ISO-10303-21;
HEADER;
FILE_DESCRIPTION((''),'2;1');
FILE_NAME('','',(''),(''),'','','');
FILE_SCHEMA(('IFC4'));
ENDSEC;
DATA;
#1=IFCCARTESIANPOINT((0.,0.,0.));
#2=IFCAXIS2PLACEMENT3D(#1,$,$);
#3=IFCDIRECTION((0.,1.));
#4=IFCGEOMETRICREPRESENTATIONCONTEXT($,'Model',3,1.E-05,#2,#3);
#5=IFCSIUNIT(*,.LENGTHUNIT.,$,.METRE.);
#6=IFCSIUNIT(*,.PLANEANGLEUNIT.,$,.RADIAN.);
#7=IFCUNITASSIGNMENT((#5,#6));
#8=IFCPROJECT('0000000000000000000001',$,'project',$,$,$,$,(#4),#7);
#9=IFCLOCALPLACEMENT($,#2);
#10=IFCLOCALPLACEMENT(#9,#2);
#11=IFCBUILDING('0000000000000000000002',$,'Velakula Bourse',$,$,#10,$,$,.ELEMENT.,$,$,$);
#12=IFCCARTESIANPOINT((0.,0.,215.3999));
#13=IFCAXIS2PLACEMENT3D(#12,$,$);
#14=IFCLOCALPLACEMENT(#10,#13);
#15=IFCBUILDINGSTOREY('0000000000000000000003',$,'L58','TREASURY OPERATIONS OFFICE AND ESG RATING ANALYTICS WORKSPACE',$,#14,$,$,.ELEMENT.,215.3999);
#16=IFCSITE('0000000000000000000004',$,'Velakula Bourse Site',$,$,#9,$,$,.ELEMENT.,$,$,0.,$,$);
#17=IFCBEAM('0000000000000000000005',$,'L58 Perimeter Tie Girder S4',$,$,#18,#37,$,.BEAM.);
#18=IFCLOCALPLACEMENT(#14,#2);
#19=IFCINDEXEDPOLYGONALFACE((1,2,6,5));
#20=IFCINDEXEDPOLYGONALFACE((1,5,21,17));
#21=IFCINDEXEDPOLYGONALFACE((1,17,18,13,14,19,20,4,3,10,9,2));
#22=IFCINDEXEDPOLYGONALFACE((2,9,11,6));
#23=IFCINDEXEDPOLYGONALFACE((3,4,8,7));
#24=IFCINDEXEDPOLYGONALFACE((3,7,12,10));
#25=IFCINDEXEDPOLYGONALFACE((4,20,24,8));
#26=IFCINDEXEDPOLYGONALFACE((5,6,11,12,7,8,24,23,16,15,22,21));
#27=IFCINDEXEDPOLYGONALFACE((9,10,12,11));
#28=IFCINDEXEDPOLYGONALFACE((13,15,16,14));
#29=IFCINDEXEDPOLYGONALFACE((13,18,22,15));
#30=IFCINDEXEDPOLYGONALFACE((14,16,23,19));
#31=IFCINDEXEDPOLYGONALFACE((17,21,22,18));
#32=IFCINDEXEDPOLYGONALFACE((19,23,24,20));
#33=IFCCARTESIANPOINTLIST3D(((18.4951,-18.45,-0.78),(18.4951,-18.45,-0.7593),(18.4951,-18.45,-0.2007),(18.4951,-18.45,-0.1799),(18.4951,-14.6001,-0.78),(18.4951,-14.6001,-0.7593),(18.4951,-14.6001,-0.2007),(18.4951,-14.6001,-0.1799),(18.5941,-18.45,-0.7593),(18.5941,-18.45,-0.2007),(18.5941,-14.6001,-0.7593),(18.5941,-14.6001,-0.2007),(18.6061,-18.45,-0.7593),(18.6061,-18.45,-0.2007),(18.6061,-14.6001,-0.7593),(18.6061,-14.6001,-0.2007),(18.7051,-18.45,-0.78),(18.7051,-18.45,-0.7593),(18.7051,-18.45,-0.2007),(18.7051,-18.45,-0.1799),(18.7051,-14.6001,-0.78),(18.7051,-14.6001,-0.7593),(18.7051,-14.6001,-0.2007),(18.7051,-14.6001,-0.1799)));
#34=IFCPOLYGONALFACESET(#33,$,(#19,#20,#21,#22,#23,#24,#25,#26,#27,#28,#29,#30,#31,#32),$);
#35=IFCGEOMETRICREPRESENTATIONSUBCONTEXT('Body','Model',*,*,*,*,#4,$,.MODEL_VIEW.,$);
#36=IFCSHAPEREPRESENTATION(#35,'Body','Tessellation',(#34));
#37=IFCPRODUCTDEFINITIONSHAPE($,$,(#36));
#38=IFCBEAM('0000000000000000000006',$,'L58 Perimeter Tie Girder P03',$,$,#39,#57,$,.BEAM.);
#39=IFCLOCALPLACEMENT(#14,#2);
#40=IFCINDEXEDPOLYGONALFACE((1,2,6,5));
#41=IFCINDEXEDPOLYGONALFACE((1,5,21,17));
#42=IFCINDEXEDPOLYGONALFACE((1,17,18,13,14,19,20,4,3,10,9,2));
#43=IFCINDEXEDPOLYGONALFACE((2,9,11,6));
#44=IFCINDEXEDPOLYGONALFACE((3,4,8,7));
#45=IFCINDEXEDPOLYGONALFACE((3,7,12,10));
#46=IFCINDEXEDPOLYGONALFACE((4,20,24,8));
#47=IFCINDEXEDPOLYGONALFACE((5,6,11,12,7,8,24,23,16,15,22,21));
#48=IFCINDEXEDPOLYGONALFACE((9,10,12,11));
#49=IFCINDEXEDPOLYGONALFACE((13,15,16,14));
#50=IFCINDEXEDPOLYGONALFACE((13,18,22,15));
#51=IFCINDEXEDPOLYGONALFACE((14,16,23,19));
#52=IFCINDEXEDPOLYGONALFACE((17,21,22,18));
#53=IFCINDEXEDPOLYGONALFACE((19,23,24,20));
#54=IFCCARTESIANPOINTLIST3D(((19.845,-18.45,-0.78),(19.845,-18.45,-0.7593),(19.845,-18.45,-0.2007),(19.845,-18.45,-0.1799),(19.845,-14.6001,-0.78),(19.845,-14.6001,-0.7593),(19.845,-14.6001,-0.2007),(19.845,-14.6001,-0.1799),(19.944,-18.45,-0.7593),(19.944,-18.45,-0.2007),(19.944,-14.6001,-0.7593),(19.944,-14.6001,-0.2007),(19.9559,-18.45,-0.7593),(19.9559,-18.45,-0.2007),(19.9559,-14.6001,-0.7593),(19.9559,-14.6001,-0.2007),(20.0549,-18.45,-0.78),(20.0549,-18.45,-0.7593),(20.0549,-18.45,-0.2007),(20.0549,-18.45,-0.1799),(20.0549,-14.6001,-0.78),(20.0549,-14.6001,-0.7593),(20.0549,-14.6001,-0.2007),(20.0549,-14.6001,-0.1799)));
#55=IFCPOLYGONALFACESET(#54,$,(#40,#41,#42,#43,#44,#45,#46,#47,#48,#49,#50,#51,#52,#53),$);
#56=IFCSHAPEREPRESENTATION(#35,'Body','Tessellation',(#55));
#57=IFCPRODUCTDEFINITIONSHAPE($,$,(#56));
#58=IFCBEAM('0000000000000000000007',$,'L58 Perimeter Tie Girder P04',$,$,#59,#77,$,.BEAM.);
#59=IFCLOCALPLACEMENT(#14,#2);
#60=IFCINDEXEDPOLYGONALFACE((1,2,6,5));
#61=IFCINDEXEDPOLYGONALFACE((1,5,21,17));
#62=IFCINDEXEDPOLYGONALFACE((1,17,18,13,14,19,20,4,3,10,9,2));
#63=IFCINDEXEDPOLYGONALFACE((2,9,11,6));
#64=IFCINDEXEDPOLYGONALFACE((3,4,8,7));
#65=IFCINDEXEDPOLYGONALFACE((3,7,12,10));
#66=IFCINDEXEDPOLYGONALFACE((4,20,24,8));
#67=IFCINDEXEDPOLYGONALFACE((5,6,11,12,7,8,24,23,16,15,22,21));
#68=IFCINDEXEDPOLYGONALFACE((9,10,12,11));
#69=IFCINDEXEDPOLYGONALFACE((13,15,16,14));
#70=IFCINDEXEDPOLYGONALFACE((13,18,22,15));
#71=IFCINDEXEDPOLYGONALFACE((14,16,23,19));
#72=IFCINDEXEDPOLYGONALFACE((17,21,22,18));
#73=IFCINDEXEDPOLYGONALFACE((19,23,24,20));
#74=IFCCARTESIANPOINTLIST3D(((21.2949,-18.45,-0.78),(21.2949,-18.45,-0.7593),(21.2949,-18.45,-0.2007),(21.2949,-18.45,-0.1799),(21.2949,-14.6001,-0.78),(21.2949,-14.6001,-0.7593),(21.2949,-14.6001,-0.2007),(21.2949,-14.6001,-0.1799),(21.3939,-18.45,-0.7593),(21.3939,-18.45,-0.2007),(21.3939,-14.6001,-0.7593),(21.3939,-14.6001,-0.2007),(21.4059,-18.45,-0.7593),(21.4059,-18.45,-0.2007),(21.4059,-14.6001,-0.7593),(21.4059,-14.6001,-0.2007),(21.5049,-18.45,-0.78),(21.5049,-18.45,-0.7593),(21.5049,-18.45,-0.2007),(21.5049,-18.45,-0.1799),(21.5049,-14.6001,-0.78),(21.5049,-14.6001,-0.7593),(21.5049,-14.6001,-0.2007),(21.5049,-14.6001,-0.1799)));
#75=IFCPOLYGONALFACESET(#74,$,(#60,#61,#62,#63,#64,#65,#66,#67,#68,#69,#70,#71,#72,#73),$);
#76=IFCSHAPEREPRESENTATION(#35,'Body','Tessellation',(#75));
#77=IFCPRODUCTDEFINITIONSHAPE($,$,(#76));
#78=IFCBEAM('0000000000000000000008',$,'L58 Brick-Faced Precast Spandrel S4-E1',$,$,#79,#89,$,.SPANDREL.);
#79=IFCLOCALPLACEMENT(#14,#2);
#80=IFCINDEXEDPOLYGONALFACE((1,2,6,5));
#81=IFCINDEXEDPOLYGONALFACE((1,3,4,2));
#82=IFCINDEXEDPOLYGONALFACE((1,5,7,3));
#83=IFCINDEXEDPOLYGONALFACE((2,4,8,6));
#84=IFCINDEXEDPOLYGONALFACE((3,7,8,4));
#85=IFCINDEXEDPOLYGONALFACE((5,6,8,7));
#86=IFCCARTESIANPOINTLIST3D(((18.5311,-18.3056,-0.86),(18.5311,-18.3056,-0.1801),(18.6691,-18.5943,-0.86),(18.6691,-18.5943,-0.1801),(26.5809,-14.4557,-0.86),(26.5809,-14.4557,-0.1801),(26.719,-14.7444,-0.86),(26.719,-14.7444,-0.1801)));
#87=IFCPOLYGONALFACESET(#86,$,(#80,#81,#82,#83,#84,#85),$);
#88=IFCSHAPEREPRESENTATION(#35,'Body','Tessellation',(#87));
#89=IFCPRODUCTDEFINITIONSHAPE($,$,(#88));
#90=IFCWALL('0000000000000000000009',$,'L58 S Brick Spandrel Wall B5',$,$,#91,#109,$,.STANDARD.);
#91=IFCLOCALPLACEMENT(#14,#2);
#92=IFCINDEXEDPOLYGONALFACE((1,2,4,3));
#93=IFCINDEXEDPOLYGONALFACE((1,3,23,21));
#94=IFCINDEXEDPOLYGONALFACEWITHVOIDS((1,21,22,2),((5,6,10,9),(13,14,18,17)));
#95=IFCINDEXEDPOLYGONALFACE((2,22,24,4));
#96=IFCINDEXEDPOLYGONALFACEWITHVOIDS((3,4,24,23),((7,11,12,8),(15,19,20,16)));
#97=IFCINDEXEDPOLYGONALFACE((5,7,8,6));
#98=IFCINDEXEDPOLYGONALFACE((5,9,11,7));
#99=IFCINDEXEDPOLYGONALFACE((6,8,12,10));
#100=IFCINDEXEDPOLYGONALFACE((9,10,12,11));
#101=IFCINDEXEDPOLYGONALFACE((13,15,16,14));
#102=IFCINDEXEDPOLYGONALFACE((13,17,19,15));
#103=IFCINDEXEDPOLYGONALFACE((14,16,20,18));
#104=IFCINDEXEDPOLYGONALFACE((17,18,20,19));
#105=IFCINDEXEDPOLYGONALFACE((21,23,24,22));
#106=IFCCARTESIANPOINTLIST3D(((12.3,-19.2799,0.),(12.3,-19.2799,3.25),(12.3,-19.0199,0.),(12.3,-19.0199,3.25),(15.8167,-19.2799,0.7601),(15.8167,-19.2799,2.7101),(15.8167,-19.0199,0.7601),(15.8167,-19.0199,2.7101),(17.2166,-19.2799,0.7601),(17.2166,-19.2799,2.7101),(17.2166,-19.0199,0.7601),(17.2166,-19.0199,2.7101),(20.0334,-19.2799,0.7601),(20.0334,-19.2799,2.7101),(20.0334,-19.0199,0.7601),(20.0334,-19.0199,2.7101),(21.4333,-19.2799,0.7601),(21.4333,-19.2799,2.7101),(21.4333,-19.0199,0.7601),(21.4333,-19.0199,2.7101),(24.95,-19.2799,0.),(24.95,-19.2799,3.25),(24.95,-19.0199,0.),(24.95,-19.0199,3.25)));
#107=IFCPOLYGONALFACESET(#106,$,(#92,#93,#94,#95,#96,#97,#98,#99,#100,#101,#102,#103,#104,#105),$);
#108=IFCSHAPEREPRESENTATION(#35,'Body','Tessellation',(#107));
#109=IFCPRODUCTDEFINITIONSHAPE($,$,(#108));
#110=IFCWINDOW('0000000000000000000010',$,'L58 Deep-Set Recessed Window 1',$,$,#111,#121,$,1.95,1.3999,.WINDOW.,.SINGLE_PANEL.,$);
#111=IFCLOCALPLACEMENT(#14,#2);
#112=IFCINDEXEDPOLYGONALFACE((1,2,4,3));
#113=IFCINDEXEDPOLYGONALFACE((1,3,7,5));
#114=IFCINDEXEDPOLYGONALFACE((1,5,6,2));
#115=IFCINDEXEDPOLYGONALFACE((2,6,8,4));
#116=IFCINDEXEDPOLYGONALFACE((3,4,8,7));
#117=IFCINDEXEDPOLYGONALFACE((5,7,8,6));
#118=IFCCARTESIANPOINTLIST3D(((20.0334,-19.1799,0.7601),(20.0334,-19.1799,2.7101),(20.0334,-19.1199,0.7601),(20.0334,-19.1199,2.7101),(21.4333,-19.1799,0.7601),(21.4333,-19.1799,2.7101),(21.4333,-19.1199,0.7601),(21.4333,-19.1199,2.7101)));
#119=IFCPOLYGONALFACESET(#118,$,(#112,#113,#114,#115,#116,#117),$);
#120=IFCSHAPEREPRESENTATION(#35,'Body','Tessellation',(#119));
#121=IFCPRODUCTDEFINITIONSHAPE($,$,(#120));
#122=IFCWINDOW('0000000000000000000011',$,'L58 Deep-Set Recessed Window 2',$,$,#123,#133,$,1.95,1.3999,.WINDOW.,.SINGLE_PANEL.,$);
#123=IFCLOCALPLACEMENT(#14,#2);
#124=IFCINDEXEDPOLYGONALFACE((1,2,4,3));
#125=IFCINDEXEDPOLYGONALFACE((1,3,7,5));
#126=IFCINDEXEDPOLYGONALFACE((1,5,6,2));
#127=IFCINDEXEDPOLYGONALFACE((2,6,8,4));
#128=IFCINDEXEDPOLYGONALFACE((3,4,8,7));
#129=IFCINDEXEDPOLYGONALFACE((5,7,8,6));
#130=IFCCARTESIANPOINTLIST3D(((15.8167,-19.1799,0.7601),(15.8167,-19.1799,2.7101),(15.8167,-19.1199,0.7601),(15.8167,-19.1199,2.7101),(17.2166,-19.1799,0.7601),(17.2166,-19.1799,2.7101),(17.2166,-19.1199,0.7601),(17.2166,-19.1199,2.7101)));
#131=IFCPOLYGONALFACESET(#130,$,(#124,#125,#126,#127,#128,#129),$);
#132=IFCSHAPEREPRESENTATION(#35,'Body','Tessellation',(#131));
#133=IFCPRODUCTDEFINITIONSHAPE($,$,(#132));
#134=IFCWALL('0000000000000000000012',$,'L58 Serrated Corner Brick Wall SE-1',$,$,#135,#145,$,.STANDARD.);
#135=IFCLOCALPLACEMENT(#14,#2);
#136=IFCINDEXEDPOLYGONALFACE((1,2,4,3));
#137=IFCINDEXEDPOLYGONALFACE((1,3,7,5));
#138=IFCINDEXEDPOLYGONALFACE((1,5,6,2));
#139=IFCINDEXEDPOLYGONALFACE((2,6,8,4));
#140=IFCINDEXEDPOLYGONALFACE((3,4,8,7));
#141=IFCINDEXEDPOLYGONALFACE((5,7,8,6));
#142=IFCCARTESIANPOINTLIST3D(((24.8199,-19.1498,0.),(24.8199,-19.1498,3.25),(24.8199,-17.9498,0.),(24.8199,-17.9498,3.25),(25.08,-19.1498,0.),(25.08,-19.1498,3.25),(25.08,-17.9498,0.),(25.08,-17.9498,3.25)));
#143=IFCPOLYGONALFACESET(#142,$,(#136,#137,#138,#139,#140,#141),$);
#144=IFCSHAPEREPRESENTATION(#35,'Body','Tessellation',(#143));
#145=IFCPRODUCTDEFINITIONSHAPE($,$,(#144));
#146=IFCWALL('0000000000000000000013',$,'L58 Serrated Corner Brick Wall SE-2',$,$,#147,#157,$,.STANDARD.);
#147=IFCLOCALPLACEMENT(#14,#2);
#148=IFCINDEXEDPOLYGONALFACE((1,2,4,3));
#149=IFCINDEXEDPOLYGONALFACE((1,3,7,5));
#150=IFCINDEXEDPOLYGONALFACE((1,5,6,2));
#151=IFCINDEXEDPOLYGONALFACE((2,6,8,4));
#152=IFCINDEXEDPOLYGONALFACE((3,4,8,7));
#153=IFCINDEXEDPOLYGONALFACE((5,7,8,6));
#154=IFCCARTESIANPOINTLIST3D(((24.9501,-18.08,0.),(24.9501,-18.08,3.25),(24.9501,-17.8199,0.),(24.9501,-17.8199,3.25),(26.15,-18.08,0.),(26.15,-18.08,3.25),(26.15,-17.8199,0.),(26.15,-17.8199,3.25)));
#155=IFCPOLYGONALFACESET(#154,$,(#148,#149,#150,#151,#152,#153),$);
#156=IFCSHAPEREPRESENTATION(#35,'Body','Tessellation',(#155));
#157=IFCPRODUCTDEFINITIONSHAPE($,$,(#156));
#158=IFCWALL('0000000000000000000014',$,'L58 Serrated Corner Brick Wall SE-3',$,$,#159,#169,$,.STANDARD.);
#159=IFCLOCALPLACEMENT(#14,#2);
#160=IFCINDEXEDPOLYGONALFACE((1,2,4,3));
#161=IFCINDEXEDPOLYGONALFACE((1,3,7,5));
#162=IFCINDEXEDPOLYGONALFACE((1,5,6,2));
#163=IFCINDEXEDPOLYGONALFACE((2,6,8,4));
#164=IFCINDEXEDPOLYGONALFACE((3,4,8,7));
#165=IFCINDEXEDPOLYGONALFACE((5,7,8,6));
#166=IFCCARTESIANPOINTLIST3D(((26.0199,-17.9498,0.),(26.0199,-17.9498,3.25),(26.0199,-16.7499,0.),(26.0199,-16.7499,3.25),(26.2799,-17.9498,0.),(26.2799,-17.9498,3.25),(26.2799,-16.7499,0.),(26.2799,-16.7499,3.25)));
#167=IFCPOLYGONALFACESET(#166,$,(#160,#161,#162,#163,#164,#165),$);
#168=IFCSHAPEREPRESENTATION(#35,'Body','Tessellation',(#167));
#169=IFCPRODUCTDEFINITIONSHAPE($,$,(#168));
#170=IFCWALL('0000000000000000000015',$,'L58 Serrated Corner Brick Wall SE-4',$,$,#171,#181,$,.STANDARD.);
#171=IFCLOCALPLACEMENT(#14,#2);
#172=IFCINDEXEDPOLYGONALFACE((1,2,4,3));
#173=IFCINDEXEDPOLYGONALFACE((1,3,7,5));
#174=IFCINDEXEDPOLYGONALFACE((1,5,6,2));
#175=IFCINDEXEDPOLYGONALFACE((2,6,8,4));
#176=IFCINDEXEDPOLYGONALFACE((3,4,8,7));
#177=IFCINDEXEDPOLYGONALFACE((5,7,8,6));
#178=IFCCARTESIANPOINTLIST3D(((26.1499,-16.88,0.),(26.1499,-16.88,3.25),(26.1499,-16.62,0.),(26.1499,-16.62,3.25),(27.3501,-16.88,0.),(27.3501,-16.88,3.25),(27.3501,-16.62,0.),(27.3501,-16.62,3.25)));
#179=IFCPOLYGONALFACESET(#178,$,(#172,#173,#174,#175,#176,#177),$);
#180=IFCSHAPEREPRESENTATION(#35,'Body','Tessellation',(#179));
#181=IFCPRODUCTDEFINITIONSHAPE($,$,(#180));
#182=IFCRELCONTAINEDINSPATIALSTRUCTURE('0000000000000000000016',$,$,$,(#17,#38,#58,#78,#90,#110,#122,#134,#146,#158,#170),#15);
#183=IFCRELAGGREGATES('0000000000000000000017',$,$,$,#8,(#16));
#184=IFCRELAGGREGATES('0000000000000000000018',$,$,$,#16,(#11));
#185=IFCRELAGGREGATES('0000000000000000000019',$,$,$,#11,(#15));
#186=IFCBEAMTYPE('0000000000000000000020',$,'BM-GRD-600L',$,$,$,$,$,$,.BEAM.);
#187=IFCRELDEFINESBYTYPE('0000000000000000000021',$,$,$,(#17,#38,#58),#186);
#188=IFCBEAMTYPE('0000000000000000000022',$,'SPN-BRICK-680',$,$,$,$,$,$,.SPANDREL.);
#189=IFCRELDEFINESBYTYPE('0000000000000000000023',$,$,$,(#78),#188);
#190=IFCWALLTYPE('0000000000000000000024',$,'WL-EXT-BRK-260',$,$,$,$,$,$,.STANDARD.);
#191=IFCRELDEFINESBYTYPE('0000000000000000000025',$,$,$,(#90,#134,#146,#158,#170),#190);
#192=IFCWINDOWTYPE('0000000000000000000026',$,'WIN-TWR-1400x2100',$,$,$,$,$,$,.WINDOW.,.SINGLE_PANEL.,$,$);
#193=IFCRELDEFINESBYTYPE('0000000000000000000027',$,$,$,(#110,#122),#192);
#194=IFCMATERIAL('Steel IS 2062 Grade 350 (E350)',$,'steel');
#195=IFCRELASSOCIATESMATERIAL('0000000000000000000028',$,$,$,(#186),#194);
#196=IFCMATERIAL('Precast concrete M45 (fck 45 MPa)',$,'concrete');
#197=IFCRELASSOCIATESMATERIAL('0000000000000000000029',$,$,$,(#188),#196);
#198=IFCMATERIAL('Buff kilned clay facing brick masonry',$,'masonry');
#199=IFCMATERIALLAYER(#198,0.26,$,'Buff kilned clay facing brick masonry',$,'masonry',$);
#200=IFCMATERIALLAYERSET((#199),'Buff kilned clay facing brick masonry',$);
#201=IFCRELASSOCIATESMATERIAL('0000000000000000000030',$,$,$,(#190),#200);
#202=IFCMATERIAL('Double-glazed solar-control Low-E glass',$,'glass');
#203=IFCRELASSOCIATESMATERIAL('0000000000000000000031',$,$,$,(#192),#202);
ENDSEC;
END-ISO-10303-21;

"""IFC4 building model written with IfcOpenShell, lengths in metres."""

from ifc_helpers import new_model, si_unit, direction, frame, frame_2d, origin, origin_2d, place, context, subcontext, project, spatial, rectangle, i_section, extrude, material, layer, layer_set, material_profile, profile_set, type_object, element, fill, save


model = new_model("IFC4")

# Units and contexts
model_context = context("Model", 3, precision=1e-05, world=origin(), true_north=direction((0.0, 1.0)))
body_context = subcontext(model_context, "Body", "Model", "MODEL_VIEW")
ifc_project = project(units=[si_unit("LENGTHUNIT", "METRE"), si_unit("PLANEANGLEUNIT", "RADIAN")], contexts=[model_context])

# Site, building, storey
site_placement = place(None, origin())
site = spatial("IfcSite", under=ifc_project, at=site_placement, Name="Velakula Bourse Site", CompositionType="ELEMENT", RefElevation=0.0)
building_placement = place(site_placement, origin())
building = spatial("IfcBuilding", under=site, at=building_placement, Name="Velakula Bourse", CompositionType="ELEMENT")
storey_placement = place(building_placement, frame((0.0, 0.0, 215.3999)))
storey = spatial("IfcBuildingStorey", under=building, at=storey_placement, Name="L58", Description="TREASURY OPERATIONS OFFICE AND ESG RATING ANALYTICS WORKSPACE", CompositionType="ELEMENT", Elevation=215.3999)

# Shared definitions
ifc_material_1 = material(Name="Steel IS 2062 Grade 350 (E350)", Category="steel")
ifc_material_2 = material(Name="Precast concrete M45 (fck 45 MPa)", Category="concrete")

# Beams
ifc_material_profile_1 = material_profile(ifc_material_1, i_section(OverallWidth=0.21, OverallDepth=0.6001, WebThickness=0.012, FlangeThickness=0.0208, at=origin_2d()), Name="Steel IS 2062 Grade 350 (E350)")
ifc_profile_set_1 = profile_set([ifc_material_profile_1], Name="Steel IS 2062 Grade 350 (E350)")
beam_type_1 = type_object("IfcBeamType", Name="BM-GRD-600L", PredefinedType="BEAM", material=ifc_profile_set_1)
for number, where, z_axis, x_axis, name in (
    (1, (18.6001, -14.6001, -0.48), (0.0, -1.0, 0.0), (1.0, 0.0, 0.0), "L58 Perimeter Tie Girder S4"),
    (2, (19.95, -14.6001, -0.48), (0.0, -1.0, 0.0), (1.0, 0.0, 0.0), "L58 Perimeter Tie Girder P03"),
    (3, (21.3999, -14.6001, -0.48), (0.0, -1.0, 0.0), (1.0, 0.0, 0.0), "L58 Perimeter Tie Girder P04"),
):
    element("IfcBeam", number, at=place(storey_placement, frame(where, z_axis=z_axis, x_axis=x_axis)), inside=storey, type_object=beam_type_1, Name=name, PredefinedType="BEAM", context=body_context, shape_type="SweptSolid", body=[
        extrude(i_section(OverallWidth=0.21, OverallDepth=0.6001, WebThickness=0.012, FlangeThickness=0.0208, at=origin_2d()), origin(), (0.0, 0.0, 1.0), 3.8499),
    ])
ifc_material_profile_2 = material_profile(ifc_material_2, rectangle(XDim=0.3201, YDim=0.6799, at=origin_2d()), Name="Precast concrete M45 (fck 45 MPa)")
ifc_profile_set_2 = profile_set([ifc_material_profile_2], Name="Precast concrete M45 (fck 45 MPa)")
beam_type_2 = type_object("IfcBeamType", Name="SPN-BRICK-680", PredefinedType="SPANDREL", material=ifc_profile_set_2)
beam_1_placement = place(storey_placement, frame((18.6001, -18.45, -0.52), z_axis=(0.902137, 0.431451, 0.0), x_axis=(-0.431451, 0.902137, 0.0)))
element("IfcBeam", 4, at=beam_1_placement, inside=storey, type_object=beam_type_2, Name="L58 Brick-Faced Precast Spandrel S4-E1", PredefinedType="SPANDREL", context=body_context, shape_type="SweptSolid", body=[
    extrude(rectangle(XDim=0.3201, YDim=0.6799, at=origin_2d()), origin(), (0.0, 0.0, 1.0), 8.9231),
])

# Wall, openings, windows
ifc_material_3 = material(Name="Buff kilned clay facing brick masonry", Category="masonry")
ifc_layer = layer(ifc_material_3, 0.26, Name="Buff kilned clay facing brick masonry", Category="masonry")
ifc_layer_set = layer_set([ifc_layer], Name="Buff kilned clay facing brick masonry")
wall_type = type_object("IfcWallType", Name="WL-EXT-BRK-260", PredefinedType="STANDARD", material=ifc_layer_set)
wall_1_placement = place(storey_placement, frame((24.95, -19.1499, 0.0), z_axis=(0.0, 0.0, 1.0), x_axis=(-1.0, 0.0, 0.0)))
wall_1 = element("IfcWall", 5, at=wall_1_placement, inside=storey, type_object=wall_type, Name="L58 S Brick Spandrel Wall B5", PredefinedType="STANDARD", context=body_context, shape_type="SweptSolid", body=[
    extrude(rectangle(XDim=12.6499, YDim=0.26, at=frame_2d((6.325, 0.0))), origin(), (0.0, 0.0, 1.0), 3.25),
])
opening_1_placement = place(wall_1_placement, frame((3.5166, 0.0, 0.76)))
opening_1 = element("IfcOpeningElement", 6, at=opening_1_placement, cuts=wall_1, PredefinedType="OPENING", context=body_context, shape_type="SweptSolid", body=[
    extrude(rectangle(XDim=1.3999, YDim=1.95, at=frame_2d((0.7, 0.9751))), frame((0.0, 0.1399, 0.0), z_axis=(0.0, -1.0, 0.0), x_axis=(1.0, 0.0, 0.0)), (0.0, 0.0, 1.0), 0.28),
])
opening_2_placement = place(wall_1_placement, frame((7.7334, 0.0, 0.76)))
opening_2 = element("IfcOpeningElement", 7, at=opening_2_placement, cuts=wall_1, PredefinedType="OPENING", context=body_context, shape_type="SweptSolid", body=[
    extrude(rectangle(XDim=1.3999, YDim=1.95, at=frame_2d((0.7, 0.9751))), frame((0.0, 0.1399, 0.0), z_axis=(0.0, -1.0, 0.0), x_axis=(1.0, 0.0, 0.0)), (0.0, 0.0, 1.0), 0.28),
])
ifc_material_4 = material(Name="Double-glazed solar-control Low-E glass", Category="glass")
window_type = type_object("IfcWindowType", Name="WIN-TWR-1400x2100", PartitioningType="SINGLE_PANEL", PredefinedType="WINDOW", material=ifc_material_4)
window_1_placement = place(opening_1_placement, origin())
window_1 = element("IfcWindow", 8, at=window_1_placement, inside=storey, type_object=window_type, Name="L58 Deep-Set Recessed Window 1", OverallHeight=1.95, OverallWidth=1.3999, PartitioningType="SINGLE_PANEL", PredefinedType="WINDOW", context=body_context, shape_type="SweptSolid", body=[
    extrude(rectangle(XDim=1.3999, YDim=1.95, at=frame_2d((0.7, 0.9751))), frame((0.0, 0.03, 0.0), z_axis=(0.0, -1.0, 0.0), x_axis=(1.0, 0.0, 0.0)), (0.0, 0.0, 1.0), 0.0601),
])
fill(opening_1, window_1)
window_2_placement = place(opening_2_placement, origin())
window_2 = element("IfcWindow", 9, at=window_2_placement, inside=storey, type_object=window_type, Name="L58 Deep-Set Recessed Window 2", OverallHeight=1.95, OverallWidth=1.3999, PartitioningType="SINGLE_PANEL", PredefinedType="WINDOW", context=body_context, shape_type="SweptSolid", body=[
    extrude(rectangle(XDim=1.3999, YDim=1.95, at=frame_2d((0.7, 0.9751))), frame((0.0, 0.03, 0.0), z_axis=(0.0, -1.0, 0.0), x_axis=(1.0, 0.0, 0.0)), (0.0, 0.0, 1.0), 0.0601),
])
fill(opening_2, window_2)

# Walls
for number, where, z_axis, x_axis, name in (
    (10, (24.95, -19.1499, 0.0), (0.0, 0.0, 1.0), (0.0, 1.0, 0.0), "L58 Serrated Corner Brick Wall SE-1"),
    (11, (24.95, -17.95, 0.0), (0.0, 0.0, 1.0), (1.0, 0.0, 0.0), "L58 Serrated Corner Brick Wall SE-2"),
    (12, (26.1499, -17.95, 0.0), (0.0, 0.0, 1.0), (0.0, 1.0, 0.0), "L58 Serrated Corner Brick Wall SE-3"),
):
    element("IfcWall", number, at=place(storey_placement, frame(where, z_axis=z_axis, x_axis=x_axis)), inside=storey, type_object=wall_type, Name=name, PredefinedType="STANDARD", context=body_context, shape_type="SweptSolid", body=[
        extrude(rectangle(XDim=1.2, YDim=0.26, at=frame_2d((0.6001, 0.0))), origin(), (0.0, 0.0, 1.0), 3.25),
    ])
wall_2_placement = place(storey_placement, frame((26.1499, -16.75, 0.0), z_axis=(0.0, 0.0, 1.0), x_axis=(1.0, 0.0, 0.0)))
element("IfcWall", 13, at=wall_2_placement, inside=storey, type_object=wall_type, Name="L58 Serrated Corner Brick Wall SE-4", PredefinedType="STANDARD", context=body_context, shape_type="SweptSolid", body=[
    extrude(rectangle(XDim=1.2002, YDim=0.26, at=frame_2d((0.6001, 0.0))), origin(), (0.0, 0.0, 1.0), 3.25),
])

save(model, "model.ifc")
